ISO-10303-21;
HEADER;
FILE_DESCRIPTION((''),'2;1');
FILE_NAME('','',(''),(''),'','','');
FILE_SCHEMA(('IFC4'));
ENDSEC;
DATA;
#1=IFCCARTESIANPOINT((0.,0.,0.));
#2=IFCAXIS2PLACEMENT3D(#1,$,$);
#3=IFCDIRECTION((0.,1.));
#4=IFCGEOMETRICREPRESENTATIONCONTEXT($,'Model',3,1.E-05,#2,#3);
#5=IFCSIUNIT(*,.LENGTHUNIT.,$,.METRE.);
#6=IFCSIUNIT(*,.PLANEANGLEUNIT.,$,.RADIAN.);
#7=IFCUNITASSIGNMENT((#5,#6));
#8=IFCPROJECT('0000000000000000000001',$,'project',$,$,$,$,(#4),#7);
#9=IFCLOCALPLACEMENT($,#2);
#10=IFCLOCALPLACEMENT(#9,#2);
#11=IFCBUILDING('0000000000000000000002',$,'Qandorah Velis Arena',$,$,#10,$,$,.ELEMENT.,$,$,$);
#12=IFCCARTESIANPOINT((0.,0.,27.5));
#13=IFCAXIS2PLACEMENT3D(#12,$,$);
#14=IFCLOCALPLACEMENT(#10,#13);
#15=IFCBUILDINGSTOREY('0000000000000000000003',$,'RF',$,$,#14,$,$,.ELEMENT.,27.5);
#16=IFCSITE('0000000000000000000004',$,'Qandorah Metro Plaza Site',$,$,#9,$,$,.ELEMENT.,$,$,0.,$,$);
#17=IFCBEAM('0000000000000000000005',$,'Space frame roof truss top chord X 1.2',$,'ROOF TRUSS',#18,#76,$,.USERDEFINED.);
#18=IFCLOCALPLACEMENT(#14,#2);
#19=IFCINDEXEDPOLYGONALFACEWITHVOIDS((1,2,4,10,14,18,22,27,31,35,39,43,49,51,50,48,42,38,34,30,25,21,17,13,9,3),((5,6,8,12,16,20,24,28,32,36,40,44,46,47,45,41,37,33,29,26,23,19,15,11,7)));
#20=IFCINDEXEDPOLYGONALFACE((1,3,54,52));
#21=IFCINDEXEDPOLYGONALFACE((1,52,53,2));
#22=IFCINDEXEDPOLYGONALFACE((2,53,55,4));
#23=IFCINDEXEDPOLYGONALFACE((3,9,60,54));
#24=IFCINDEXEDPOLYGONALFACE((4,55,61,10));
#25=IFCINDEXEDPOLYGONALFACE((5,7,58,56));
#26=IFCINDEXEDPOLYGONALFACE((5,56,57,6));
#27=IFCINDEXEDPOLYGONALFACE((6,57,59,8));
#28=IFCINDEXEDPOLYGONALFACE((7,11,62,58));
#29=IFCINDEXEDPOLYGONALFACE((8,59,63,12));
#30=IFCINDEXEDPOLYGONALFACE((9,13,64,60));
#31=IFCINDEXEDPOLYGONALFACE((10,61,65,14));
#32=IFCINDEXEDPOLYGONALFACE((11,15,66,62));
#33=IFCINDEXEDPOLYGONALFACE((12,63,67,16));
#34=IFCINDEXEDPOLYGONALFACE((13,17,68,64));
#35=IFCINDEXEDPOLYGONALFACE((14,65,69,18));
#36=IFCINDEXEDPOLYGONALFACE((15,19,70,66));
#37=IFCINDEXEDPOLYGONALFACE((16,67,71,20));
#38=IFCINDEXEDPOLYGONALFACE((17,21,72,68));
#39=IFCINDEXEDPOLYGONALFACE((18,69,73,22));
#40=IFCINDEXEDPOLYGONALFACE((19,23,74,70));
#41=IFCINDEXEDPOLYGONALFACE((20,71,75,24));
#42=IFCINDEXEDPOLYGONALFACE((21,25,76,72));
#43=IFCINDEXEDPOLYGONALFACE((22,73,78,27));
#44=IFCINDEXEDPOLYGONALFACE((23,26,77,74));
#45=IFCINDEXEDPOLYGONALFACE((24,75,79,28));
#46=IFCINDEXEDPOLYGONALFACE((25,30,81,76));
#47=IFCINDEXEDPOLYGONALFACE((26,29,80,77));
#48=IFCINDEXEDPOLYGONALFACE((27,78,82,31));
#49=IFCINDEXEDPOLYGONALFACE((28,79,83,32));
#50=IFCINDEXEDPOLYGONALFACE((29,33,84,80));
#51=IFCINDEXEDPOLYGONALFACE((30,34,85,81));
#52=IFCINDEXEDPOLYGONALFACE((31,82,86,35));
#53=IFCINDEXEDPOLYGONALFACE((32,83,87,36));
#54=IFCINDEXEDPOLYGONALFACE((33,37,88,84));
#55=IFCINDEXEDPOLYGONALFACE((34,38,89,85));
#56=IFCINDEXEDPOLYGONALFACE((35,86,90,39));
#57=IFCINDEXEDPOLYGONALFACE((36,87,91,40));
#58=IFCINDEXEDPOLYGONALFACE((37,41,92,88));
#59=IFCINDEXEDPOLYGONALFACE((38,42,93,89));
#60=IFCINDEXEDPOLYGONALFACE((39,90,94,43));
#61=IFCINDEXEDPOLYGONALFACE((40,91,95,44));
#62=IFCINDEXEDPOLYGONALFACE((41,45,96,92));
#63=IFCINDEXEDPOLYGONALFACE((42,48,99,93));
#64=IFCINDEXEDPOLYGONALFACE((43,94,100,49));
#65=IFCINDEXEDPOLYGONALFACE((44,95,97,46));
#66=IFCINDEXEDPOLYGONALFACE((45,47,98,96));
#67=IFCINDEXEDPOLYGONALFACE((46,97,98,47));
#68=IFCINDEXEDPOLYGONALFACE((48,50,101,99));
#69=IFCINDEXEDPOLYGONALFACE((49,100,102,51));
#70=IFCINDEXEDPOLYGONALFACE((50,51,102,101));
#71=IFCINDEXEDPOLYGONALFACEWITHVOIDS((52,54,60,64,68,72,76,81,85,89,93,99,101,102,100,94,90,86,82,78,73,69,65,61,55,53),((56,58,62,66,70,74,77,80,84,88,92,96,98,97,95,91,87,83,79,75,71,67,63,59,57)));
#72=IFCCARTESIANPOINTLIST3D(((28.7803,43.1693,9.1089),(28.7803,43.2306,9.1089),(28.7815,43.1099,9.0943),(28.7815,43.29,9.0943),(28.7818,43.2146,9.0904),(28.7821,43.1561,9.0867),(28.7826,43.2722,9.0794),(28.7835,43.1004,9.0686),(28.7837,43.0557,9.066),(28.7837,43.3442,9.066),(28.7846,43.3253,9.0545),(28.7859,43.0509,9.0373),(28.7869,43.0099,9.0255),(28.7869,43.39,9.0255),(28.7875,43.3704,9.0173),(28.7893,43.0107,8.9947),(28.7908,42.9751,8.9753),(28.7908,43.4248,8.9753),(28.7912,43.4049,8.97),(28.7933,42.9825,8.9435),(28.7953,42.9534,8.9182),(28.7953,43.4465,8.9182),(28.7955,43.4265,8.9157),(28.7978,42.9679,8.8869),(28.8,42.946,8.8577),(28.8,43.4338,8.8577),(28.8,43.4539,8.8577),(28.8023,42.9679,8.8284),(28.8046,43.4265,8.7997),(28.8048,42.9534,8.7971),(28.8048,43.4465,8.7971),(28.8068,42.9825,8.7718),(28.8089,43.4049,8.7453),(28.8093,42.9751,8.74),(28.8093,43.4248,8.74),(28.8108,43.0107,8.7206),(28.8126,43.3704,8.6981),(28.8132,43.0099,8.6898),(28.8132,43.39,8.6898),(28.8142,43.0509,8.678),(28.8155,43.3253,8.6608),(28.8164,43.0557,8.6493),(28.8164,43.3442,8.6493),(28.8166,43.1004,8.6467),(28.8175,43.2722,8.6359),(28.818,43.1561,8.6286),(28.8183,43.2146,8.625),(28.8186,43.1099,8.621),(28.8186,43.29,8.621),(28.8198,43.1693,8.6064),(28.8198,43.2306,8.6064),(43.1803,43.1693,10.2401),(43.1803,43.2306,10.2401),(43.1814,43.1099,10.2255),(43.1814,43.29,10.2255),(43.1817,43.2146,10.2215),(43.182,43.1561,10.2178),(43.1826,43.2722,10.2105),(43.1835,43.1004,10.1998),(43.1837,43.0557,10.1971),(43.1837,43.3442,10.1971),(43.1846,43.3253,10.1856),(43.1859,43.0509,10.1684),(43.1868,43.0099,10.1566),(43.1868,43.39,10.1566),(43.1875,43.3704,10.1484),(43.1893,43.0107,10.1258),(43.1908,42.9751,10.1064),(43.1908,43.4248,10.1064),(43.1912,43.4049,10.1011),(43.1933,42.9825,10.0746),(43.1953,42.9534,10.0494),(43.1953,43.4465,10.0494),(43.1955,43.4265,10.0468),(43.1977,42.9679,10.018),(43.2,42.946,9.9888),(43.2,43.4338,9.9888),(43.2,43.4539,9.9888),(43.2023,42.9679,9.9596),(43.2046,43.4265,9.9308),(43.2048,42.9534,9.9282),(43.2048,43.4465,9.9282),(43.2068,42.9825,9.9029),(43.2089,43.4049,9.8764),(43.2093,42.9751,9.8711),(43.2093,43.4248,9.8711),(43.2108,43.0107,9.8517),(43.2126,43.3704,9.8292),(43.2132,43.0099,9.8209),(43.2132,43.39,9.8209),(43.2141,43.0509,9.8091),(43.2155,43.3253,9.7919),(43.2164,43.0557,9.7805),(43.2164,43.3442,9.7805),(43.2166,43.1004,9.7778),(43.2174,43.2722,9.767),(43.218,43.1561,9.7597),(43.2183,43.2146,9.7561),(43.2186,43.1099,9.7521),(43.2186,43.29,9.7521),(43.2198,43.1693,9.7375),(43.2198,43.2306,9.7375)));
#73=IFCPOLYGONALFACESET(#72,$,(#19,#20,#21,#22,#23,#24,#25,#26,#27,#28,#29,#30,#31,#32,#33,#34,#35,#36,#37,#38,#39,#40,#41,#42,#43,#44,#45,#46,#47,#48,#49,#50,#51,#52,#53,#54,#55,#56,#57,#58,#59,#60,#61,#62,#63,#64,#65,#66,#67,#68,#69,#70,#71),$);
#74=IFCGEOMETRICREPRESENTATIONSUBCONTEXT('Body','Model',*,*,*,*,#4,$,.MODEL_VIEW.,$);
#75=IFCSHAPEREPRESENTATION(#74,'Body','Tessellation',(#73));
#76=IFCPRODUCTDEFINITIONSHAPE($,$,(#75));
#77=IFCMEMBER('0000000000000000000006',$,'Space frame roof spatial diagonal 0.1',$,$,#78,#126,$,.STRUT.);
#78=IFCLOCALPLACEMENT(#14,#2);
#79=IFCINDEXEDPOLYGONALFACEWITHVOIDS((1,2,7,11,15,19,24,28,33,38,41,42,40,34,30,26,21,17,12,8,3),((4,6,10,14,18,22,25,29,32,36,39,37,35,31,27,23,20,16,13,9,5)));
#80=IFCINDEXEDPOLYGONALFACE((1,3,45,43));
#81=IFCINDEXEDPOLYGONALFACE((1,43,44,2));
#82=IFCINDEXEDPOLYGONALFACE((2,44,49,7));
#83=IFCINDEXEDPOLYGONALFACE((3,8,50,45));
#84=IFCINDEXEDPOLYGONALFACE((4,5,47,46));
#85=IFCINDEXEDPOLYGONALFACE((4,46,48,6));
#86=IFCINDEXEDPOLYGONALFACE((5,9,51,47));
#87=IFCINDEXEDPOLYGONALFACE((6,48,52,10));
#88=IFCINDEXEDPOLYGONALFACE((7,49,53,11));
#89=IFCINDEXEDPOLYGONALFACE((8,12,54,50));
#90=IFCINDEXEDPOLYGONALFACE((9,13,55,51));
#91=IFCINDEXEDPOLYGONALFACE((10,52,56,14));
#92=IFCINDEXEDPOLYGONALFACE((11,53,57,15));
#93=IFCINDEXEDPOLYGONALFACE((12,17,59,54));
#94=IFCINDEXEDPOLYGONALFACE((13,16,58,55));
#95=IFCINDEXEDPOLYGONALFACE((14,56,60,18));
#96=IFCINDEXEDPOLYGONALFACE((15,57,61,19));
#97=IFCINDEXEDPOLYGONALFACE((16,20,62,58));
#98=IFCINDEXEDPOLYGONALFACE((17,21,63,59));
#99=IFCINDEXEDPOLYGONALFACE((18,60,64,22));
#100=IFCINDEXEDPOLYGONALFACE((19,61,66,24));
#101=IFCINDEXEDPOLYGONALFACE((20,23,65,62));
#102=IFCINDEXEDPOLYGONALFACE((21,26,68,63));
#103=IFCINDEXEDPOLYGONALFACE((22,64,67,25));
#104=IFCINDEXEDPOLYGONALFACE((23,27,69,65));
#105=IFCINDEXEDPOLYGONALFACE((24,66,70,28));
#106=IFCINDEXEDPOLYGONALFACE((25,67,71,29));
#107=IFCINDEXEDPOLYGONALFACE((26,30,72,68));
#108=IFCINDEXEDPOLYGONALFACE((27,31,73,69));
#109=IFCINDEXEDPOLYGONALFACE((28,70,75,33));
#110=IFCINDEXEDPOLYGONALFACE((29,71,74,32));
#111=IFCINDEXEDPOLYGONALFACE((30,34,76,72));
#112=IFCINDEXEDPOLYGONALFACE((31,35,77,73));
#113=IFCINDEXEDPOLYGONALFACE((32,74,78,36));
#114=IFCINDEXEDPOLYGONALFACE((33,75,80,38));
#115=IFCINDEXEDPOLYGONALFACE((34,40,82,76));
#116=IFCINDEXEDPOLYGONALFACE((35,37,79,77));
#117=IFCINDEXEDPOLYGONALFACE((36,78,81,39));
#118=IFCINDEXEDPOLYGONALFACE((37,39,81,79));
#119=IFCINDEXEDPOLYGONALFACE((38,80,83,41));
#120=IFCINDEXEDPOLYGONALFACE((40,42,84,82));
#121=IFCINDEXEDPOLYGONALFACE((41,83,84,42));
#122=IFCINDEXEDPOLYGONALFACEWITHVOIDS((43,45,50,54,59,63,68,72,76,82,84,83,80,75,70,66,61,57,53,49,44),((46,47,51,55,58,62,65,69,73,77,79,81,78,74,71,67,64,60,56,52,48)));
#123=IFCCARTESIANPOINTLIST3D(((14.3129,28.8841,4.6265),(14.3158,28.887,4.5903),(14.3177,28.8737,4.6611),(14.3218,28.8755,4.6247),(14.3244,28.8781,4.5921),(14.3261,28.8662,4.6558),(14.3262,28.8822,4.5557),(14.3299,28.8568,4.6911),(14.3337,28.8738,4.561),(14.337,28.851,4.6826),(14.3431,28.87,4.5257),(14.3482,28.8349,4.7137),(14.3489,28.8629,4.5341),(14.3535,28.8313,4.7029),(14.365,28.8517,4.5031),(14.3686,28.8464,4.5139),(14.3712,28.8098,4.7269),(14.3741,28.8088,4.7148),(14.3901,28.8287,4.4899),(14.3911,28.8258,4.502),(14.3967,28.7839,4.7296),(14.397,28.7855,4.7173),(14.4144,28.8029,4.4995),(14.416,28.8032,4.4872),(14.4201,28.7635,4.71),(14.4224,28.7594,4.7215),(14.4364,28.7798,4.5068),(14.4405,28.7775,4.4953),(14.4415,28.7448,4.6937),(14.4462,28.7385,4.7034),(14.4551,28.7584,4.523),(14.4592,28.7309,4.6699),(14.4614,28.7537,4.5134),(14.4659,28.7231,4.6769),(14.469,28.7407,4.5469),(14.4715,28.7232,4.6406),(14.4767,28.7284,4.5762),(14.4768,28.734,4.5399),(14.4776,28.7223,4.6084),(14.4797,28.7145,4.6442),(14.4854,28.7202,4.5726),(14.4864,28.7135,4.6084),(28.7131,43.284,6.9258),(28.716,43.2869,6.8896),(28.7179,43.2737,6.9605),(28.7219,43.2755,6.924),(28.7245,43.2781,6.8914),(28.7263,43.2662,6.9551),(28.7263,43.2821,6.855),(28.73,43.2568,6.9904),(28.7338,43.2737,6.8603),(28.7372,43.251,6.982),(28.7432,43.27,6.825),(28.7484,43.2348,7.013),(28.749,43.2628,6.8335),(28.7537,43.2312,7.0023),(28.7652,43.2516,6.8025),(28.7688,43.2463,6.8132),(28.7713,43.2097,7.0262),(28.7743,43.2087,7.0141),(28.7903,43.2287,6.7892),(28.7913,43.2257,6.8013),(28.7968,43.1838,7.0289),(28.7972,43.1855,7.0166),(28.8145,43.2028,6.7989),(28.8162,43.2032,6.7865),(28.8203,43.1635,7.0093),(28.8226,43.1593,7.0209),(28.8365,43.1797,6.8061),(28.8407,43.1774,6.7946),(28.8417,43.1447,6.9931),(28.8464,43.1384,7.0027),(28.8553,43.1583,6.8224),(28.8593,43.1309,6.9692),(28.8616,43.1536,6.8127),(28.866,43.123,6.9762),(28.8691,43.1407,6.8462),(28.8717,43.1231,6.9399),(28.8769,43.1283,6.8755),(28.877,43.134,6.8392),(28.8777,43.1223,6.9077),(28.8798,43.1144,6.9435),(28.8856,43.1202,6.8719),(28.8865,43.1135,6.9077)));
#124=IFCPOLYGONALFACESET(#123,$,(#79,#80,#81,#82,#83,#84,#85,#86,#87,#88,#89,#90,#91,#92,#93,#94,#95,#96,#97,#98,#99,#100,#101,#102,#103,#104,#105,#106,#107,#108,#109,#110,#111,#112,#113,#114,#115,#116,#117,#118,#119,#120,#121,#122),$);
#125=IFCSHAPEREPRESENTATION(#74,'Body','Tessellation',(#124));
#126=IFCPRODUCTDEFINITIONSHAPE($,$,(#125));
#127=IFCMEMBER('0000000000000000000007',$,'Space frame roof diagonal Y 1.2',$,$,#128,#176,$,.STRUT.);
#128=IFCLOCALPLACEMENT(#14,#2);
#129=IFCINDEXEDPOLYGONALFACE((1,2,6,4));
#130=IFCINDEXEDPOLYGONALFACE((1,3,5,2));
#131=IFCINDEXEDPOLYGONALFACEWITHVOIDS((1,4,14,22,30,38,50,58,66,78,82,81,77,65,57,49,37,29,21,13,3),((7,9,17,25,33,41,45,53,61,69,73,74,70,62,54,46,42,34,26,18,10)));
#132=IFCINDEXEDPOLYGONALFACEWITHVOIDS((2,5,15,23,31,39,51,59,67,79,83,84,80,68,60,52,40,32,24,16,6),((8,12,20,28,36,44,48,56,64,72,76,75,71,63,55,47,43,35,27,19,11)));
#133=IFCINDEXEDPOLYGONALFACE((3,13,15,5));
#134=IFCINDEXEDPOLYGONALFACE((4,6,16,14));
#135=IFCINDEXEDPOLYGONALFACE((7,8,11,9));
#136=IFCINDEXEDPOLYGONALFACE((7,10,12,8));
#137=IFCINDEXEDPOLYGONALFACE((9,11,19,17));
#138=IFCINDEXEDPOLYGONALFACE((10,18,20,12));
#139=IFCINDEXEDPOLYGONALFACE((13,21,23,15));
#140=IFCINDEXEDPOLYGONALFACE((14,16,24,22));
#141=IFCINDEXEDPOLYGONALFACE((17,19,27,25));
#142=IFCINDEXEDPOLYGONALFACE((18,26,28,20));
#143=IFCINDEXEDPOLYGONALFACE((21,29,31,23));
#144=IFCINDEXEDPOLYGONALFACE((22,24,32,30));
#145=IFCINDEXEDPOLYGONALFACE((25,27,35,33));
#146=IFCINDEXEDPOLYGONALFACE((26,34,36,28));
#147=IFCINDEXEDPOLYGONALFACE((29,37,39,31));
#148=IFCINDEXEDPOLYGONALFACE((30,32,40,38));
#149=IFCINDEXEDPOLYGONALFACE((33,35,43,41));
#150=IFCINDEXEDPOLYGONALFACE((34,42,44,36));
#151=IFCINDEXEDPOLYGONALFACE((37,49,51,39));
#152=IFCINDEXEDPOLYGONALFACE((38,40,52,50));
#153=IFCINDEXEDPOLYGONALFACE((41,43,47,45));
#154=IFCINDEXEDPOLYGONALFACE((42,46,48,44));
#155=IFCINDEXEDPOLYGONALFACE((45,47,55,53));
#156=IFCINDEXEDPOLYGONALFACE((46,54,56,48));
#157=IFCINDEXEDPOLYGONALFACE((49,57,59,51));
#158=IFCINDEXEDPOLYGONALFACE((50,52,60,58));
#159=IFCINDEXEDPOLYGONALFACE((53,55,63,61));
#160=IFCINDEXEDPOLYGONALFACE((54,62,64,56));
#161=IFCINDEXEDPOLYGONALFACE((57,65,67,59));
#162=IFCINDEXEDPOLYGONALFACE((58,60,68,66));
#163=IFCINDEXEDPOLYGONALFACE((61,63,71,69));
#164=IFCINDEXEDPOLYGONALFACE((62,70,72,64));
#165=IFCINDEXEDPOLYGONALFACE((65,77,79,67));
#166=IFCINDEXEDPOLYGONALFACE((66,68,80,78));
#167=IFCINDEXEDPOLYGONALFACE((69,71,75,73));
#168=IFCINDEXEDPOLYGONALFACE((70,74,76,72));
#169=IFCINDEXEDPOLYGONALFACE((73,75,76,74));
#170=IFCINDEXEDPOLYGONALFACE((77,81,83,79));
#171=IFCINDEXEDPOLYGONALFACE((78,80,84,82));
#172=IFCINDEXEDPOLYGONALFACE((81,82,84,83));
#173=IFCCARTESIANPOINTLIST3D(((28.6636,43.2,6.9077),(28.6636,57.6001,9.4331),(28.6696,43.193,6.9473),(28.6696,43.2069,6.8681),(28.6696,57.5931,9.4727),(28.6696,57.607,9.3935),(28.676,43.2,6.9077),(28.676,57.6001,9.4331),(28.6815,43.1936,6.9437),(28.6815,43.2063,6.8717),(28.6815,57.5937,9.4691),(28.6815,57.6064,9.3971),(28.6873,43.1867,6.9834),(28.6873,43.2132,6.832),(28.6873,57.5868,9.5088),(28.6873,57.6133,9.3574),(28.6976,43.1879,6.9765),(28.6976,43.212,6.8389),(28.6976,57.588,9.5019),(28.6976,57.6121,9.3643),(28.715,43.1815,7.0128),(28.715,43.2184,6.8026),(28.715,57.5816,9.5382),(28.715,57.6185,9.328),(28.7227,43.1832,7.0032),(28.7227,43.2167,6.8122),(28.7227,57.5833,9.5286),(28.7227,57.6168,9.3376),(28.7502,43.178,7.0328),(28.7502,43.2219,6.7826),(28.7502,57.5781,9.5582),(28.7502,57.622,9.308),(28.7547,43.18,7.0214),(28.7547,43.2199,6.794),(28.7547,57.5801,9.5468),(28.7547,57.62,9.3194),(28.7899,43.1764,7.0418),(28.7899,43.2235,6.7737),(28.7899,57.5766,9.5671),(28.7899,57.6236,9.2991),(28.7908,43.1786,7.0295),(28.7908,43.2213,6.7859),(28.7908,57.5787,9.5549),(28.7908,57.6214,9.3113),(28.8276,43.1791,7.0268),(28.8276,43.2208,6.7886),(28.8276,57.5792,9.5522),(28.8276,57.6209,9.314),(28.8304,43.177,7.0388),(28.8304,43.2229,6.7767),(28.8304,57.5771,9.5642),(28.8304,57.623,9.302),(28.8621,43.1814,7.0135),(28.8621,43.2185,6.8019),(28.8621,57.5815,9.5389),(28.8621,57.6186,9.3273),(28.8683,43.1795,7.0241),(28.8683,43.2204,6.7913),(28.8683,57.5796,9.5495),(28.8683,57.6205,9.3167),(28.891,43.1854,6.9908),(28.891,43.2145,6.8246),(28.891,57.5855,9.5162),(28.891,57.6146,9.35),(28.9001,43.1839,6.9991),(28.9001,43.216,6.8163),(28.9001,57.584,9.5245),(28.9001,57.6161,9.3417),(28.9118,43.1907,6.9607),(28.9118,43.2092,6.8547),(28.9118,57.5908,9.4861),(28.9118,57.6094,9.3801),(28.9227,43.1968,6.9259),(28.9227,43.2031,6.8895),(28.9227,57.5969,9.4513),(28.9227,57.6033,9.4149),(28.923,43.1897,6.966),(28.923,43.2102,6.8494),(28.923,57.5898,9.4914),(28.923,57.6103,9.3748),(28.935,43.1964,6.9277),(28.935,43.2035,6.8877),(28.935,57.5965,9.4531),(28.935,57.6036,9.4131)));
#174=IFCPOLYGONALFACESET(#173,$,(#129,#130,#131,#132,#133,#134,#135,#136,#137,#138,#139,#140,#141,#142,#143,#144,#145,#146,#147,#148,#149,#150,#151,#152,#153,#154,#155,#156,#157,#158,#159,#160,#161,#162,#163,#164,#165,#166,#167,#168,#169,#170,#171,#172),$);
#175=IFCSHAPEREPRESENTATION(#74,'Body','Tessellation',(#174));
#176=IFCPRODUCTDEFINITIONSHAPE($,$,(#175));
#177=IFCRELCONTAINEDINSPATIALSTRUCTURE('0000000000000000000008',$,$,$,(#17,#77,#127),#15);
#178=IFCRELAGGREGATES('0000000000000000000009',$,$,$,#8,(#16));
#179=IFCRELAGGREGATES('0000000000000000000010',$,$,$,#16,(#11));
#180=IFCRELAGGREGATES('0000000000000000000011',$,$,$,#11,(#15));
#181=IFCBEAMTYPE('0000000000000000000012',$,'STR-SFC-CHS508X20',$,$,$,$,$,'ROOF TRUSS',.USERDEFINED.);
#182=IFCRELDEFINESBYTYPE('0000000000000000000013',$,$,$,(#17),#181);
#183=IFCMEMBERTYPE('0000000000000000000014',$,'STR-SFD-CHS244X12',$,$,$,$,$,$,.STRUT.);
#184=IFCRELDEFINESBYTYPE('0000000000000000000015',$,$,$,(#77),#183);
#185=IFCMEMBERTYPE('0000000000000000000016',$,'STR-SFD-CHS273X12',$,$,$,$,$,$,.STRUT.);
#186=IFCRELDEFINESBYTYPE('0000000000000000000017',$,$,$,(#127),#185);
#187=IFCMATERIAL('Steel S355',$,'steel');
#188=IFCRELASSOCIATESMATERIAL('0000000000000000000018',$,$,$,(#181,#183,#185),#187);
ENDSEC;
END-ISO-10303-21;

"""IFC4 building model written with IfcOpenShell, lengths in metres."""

from ifc_helpers import new_model, si_unit, direction, frame, origin, origin_2d, place, context, subcontext, project, spatial, hollow_circle, extrude, material, material_profile, profile_set, type_object, element, save


model = new_model("IFC4")

# Units and contexts
model_context = context("Model", 3, precision=1e-05, world=origin(), true_north=direction((0.0, 1.0)))
body_context = subcontext(model_context, "Body", "Model", "MODEL_VIEW")
ifc_project = project(units=[si_unit("LENGTHUNIT", "METRE"), si_unit("PLANEANGLEUNIT", "RADIAN")], contexts=[model_context])

# Site, building, storey
site_placement = place(None, origin())
site = spatial("IfcSite", under=ifc_project, at=site_placement, Name="Qandorah Metro Plaza Site", CompositionType="ELEMENT", RefElevation=0.0)
building_placement = place(site_placement, origin())
building = spatial("IfcBuilding", under=site, at=building_placement, Name="Qandorah Velis Arena", CompositionType="ELEMENT")
storey_placement = place(building_placement, frame((0.0, 0.0, 27.5)))
storey = spatial("IfcBuildingStorey", under=building, at=storey_placement, Name="RF", CompositionType="ELEMENT", Elevation=27.5)

# Beam
ifc_material_1 = material(Name="Steel S355", Category="steel")
ifc_material_profile_1 = material_profile(ifc_material_1, hollow_circle(Radius=0.2539, WallThickness=0.02, at=origin_2d()), Name="CHS 508x20")
ifc_profile_set_1 = profile_set([ifc_material_profile_1], Name="Steel S355")
beam_type_1 = type_object("IfcBeamType", Name="STR-SFC-CHS508X20", ElementType="ROOF TRUSS", PredefinedType="USERDEFINED", material=ifc_profile_set_1)
beam_1_placement = place(storey_placement, frame((28.8, 43.2, 8.8577), z_axis=(0.996929, 0.0, 0.078308), x_axis=(0.0, 1.0, 0.0)))
element("IfcBeam", 1, at=beam_1_placement, inside=storey, type_object=beam_type_1, Name="Space frame roof truss top chord X 1.2", ObjectType="ROOF TRUSS", PredefinedType="USERDEFINED", context=body_context, shape_type="SweptSolid", body=[
    extrude(hollow_circle(Radius=0.2539, WallThickness=0.02, at=origin_2d()), origin(), (0.0, 0.0, 1.0), 14.4443),
])

# Members
ifc_material_profile_2 = material_profile(ifc_material_1, hollow_circle(Radius=0.1223, WallThickness=0.0125, at=origin_2d()), Name="CHS 244.5x12.5")
ifc_profile_set_2 = profile_set([ifc_material_profile_2], Name="Steel S355")
member_type_1 = type_object("IfcMemberType", Name="STR-SFD-CHS244X12", PredefinedType="STRUT", material=ifc_profile_set_2)
member_1_placement = place(storey_placement, frame((28.8, 43.2, 6.9077), z_axis=(-0.702648, -0.702636, -0.112194), x_axis=(0.707101, -0.707113, 0.0)))
element("IfcMember", 2, at=member_1_placement, inside=storey, type_object=member_type_1, Name="Space frame roof spatial diagonal 0.1", PredefinedType="STRUT", context=body_context, shape_type="SweptSolid", body=[
    extrude(hollow_circle(Radius=0.1223, WallThickness=0.0125, at=origin_2d()), origin(), (0.0, 0.0, 1.0), 20.4941),
])
ifc_material_profile_3 = material_profile(ifc_material_1, hollow_circle(Radius=0.1365, WallThickness=0.0125, at=origin_2d()), Name="CHS 273x12.5")
ifc_profile_set_3 = profile_set([ifc_material_profile_3], Name="Steel S355")
member_type_2 = type_object("IfcMemberType", Name="STR-SFD-CHS273X12", PredefinedType="STRUT", material=ifc_profile_set_3)
member_2_placement = place(storey_placement, frame((28.8, 43.2, 6.9077), z_axis=(0.0, 0.984968, 0.172736), x_axis=(-1.0, 0.0, 0.0)))
element("IfcMember", 3, at=member_2_placement, inside=storey, type_object=member_type_2, Name="Space frame roof diagonal Y 1.2", PredefinedType="STRUT", context=body_context, shape_type="SweptSolid", body=[
    extrude(hollow_circle(Radius=0.1365, WallThickness=0.0125, at=origin_2d()), origin(), (0.0, 0.0, 1.0), 14.6199),
])

save(model, "model.ifc")
